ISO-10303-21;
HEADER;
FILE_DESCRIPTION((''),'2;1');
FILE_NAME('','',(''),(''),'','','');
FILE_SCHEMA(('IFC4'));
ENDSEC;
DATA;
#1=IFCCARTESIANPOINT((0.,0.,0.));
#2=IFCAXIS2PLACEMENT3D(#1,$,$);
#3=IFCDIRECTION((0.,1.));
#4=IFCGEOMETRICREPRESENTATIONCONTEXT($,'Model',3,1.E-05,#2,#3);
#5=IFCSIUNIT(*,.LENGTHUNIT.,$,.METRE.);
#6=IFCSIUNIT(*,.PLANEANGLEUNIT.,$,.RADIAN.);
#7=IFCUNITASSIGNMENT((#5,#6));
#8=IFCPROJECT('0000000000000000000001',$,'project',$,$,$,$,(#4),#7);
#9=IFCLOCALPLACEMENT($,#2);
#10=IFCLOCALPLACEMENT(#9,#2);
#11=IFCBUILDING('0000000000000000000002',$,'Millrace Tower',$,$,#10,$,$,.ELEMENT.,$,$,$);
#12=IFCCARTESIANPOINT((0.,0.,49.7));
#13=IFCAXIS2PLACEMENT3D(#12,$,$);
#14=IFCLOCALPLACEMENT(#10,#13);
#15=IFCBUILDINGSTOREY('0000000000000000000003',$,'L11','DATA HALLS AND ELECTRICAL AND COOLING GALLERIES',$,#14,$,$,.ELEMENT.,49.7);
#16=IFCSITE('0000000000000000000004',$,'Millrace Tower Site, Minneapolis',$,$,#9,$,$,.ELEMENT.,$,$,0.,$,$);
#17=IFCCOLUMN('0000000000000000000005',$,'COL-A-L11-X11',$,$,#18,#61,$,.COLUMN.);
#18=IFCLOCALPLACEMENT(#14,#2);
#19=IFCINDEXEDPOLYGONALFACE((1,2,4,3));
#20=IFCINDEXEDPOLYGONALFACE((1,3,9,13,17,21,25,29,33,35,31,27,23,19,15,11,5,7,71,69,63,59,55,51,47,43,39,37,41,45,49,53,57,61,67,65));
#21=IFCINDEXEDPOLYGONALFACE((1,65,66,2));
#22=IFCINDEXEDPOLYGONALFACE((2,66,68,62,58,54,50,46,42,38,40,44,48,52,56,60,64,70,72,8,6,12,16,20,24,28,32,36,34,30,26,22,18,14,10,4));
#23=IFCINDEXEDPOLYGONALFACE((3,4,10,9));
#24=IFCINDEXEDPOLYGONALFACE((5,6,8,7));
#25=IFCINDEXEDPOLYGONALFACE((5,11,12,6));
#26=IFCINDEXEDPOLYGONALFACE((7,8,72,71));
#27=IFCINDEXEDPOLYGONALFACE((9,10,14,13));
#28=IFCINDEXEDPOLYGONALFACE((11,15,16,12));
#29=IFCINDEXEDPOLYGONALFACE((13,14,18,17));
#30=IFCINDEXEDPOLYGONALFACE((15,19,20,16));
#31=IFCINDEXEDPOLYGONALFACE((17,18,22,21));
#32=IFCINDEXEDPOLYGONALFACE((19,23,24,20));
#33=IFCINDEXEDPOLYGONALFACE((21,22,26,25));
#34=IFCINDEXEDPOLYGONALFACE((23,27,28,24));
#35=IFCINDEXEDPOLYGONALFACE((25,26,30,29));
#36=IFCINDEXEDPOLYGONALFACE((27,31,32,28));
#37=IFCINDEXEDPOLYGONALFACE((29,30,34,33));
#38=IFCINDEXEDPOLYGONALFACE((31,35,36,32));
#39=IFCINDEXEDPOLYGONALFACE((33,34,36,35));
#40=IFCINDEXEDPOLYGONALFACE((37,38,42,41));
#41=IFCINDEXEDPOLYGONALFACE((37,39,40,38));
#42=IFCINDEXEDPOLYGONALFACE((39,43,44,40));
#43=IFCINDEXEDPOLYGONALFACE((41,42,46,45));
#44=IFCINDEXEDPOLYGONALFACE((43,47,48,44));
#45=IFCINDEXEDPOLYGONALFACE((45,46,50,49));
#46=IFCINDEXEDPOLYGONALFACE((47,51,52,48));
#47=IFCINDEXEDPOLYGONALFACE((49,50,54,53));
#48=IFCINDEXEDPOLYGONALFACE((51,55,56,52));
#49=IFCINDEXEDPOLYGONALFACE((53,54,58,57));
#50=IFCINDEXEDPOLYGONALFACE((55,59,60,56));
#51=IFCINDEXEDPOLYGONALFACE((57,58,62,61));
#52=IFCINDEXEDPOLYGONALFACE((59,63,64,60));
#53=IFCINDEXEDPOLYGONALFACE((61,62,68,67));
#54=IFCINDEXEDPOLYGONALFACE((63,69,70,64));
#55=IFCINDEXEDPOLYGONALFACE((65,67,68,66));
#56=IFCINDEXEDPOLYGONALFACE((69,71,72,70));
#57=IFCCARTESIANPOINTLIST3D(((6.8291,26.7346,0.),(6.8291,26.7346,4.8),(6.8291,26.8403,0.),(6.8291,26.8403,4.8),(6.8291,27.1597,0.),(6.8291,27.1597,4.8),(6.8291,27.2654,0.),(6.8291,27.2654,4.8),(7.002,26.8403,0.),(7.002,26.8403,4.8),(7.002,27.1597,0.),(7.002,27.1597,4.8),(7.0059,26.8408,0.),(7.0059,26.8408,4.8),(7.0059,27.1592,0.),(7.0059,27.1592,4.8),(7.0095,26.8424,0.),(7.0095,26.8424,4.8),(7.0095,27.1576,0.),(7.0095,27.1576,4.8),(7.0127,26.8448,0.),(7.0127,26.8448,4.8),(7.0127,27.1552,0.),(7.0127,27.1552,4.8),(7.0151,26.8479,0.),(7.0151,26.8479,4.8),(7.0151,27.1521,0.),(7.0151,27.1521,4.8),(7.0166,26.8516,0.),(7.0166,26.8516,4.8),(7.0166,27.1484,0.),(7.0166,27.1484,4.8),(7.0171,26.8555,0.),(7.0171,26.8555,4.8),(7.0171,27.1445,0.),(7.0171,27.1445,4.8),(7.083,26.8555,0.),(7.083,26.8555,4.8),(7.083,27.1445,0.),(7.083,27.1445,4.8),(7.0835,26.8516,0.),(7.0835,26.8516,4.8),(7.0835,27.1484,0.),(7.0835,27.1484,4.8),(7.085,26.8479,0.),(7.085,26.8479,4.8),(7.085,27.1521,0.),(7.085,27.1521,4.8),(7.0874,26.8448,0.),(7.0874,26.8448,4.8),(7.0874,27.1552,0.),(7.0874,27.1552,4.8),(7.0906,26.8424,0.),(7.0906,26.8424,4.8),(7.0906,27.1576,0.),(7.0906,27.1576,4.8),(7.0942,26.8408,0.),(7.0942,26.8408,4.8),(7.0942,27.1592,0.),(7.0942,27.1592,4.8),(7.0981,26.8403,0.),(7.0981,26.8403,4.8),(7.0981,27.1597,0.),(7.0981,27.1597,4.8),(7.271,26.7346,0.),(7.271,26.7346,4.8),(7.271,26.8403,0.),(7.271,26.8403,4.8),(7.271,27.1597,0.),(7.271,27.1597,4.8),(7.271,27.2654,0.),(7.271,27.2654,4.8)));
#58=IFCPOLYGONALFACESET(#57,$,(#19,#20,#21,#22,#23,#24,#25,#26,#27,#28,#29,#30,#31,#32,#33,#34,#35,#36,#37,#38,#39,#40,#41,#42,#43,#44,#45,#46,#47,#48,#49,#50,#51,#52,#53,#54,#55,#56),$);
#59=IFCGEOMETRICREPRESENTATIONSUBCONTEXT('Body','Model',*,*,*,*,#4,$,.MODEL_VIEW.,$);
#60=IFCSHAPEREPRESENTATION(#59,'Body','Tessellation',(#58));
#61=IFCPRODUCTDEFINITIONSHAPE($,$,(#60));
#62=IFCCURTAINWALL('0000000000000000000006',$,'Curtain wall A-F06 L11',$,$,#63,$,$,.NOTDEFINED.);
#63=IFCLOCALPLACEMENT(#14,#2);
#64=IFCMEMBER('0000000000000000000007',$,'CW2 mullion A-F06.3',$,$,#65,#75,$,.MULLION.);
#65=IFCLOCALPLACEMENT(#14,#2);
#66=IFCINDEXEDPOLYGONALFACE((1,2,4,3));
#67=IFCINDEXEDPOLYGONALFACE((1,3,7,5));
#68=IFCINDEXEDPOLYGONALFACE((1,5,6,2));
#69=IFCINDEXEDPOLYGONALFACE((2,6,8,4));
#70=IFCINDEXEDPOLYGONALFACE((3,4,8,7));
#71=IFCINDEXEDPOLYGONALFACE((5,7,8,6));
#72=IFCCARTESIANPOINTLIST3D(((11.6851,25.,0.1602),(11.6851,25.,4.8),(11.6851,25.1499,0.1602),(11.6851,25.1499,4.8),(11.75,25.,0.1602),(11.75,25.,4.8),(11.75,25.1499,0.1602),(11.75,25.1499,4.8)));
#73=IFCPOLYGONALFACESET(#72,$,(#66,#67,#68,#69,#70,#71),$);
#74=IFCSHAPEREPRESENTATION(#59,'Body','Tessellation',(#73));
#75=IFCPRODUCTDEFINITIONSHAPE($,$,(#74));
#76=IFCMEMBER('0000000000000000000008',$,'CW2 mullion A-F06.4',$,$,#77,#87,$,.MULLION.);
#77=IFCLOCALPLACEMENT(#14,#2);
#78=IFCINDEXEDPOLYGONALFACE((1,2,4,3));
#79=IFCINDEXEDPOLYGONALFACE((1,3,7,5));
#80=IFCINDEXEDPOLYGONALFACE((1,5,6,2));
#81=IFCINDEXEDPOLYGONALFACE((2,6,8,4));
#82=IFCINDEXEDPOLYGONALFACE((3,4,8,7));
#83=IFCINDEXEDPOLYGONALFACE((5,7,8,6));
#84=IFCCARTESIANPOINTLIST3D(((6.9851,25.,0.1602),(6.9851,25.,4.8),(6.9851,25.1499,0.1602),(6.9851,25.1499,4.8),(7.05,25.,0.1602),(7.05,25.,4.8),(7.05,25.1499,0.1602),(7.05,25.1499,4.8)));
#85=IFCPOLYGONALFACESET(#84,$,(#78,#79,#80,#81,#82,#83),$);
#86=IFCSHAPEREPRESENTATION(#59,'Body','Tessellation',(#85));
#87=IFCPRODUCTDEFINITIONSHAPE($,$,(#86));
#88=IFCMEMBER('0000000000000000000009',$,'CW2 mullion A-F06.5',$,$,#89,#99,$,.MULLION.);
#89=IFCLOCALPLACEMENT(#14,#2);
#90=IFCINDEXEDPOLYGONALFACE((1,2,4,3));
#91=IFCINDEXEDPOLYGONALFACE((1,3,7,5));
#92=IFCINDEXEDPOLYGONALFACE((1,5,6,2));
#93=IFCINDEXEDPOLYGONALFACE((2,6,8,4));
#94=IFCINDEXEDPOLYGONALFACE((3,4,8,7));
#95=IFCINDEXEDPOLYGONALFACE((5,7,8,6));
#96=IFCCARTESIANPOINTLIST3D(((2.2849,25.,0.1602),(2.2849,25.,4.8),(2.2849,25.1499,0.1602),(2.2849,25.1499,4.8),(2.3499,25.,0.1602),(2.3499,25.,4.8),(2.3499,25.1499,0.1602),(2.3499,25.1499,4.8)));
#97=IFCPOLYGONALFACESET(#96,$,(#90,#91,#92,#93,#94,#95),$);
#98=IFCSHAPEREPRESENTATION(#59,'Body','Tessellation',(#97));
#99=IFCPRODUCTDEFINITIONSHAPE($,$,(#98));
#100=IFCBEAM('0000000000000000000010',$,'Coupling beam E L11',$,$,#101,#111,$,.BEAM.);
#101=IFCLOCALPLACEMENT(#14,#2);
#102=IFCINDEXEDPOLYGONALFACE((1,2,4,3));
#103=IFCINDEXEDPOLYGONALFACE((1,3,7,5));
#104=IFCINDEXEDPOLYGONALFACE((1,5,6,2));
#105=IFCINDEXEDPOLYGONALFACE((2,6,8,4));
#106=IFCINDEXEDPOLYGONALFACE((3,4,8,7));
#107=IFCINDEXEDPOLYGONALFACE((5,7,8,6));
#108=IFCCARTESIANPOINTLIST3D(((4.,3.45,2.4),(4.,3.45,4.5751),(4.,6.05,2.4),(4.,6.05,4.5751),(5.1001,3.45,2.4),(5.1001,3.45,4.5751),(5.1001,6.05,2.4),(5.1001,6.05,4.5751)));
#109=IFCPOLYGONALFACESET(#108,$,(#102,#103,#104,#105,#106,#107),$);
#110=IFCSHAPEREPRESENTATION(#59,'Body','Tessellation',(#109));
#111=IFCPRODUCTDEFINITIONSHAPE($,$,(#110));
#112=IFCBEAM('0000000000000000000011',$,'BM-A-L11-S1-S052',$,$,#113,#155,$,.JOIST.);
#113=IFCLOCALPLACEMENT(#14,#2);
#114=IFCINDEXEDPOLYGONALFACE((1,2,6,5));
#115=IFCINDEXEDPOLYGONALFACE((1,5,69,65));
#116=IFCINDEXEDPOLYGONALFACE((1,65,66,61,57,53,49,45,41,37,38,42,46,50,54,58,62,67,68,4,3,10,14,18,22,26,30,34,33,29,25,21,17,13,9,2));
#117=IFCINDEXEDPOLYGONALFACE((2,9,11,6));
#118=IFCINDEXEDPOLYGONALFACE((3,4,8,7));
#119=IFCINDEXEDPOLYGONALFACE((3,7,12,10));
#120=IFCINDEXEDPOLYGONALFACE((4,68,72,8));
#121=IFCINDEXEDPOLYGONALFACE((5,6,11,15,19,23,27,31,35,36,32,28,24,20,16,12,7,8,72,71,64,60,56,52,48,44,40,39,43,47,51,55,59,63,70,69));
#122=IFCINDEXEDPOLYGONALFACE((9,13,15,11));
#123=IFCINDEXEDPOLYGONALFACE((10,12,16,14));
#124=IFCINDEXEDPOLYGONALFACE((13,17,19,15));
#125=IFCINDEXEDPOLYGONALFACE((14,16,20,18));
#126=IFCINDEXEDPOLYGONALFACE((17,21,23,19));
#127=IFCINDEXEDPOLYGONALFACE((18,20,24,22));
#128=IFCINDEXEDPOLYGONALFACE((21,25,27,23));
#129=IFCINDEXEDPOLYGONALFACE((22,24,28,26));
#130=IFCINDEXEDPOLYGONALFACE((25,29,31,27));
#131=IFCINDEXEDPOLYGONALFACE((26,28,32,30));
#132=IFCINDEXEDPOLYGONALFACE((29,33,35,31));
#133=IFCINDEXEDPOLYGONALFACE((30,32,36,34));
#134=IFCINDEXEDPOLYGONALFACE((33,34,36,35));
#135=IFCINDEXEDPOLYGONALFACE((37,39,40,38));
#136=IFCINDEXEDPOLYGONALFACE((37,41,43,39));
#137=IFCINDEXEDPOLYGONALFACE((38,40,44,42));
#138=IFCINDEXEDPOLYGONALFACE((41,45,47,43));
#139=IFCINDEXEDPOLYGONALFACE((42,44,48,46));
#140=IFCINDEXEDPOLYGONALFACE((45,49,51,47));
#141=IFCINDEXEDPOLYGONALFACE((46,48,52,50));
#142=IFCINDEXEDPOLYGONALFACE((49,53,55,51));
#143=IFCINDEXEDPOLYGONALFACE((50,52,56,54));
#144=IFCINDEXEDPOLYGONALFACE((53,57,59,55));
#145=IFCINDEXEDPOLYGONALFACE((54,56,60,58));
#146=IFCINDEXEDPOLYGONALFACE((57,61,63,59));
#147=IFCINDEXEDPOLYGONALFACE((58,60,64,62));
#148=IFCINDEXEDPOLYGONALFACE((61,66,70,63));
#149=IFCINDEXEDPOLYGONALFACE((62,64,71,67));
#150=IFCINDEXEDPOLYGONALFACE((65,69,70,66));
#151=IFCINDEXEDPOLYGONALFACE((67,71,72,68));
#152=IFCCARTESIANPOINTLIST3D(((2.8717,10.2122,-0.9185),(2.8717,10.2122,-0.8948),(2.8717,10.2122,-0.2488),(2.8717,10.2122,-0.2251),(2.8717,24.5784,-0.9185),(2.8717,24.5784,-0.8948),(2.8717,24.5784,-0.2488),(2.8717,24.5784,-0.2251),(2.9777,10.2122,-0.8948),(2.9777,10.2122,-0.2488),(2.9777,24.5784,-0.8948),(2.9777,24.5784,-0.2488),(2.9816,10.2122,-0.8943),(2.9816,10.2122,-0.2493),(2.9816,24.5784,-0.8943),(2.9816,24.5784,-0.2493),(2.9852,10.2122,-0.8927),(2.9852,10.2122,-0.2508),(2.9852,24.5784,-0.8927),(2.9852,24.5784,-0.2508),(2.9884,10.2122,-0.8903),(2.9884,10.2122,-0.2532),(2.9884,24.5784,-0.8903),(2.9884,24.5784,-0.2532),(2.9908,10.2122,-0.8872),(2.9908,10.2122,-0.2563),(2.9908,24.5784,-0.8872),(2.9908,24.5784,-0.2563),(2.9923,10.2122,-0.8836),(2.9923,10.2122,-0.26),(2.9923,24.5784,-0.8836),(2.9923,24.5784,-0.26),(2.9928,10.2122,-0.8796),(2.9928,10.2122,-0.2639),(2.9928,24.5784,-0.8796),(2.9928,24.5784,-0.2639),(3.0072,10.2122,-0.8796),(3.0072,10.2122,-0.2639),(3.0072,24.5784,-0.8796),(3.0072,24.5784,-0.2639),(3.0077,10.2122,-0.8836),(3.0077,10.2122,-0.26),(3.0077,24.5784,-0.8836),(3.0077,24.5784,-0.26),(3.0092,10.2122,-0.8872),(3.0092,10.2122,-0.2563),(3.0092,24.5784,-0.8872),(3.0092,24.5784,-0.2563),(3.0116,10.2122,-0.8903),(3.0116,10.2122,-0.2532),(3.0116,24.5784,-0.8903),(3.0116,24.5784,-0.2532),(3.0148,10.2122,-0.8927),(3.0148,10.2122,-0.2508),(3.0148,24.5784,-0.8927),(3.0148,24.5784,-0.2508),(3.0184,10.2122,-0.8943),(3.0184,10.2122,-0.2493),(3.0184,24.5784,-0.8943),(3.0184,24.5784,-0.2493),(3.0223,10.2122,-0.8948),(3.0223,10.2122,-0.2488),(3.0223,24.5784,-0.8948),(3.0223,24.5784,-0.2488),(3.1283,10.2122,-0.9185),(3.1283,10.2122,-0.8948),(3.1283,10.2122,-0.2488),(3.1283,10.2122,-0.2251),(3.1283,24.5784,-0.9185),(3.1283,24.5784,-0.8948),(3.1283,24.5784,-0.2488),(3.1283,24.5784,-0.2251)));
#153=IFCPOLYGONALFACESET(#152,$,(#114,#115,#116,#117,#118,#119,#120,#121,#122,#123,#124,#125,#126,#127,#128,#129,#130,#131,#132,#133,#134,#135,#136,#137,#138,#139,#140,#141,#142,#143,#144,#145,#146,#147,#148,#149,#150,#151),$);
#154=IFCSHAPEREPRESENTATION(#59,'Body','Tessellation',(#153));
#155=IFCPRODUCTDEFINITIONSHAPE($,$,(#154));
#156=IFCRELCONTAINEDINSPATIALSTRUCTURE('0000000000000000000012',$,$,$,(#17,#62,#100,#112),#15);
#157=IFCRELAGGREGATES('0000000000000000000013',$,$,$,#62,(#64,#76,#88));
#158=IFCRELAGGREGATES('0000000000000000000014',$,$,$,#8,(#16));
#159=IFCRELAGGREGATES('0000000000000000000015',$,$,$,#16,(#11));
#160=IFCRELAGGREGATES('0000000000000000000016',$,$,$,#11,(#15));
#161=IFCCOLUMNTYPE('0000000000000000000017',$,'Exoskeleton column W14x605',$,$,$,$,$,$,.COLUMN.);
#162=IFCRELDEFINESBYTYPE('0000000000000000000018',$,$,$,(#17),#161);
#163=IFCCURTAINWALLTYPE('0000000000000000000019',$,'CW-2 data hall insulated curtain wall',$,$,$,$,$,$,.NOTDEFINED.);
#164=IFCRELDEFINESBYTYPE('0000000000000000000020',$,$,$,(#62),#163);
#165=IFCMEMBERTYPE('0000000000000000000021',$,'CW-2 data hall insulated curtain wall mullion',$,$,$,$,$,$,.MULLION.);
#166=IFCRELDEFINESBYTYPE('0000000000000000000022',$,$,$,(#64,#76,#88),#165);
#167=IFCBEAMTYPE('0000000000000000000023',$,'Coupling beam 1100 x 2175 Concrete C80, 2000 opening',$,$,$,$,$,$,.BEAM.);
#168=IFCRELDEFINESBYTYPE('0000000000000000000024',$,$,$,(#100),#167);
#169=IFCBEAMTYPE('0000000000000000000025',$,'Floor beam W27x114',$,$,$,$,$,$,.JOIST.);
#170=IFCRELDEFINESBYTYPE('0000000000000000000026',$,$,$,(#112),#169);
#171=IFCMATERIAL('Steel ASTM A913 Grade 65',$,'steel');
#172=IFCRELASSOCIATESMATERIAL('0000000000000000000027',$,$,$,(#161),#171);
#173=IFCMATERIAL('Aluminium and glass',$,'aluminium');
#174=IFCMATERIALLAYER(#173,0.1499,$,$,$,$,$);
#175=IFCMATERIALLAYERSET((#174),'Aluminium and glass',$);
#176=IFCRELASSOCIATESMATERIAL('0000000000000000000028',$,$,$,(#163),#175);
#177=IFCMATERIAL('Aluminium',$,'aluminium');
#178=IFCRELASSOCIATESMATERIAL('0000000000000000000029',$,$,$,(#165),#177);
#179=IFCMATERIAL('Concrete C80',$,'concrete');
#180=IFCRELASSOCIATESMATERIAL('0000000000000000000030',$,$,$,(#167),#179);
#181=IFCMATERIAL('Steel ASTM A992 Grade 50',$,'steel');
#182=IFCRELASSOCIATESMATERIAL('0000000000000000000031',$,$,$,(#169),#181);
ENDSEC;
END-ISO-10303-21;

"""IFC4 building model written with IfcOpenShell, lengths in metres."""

from ifc_helpers import new_model, si_unit, direction, frame, origin, origin_2d, place, context, subcontext, project, spatial, rectangle, i_section, extrude, material, layer, layer_set, material_profile, profile_set, type_object, element, aggregate, save


model = new_model("IFC4")

# Units and contexts
model_context = context("Model", 3, precision=1e-05, world=origin(), true_north=direction((0.0, 1.0)))
body_context = subcontext(model_context, "Body", "Model", "MODEL_VIEW")
ifc_project = project(units=[si_unit("LENGTHUNIT", "METRE"), si_unit("PLANEANGLEUNIT", "RADIAN")], contexts=[model_context])

# Site, building, storey
site_placement = place(None, origin())
site = spatial("IfcSite", under=ifc_project, at=site_placement, Name="Millrace Tower Site, Minneapolis", CompositionType="ELEMENT", RefElevation=0.0)
building_placement = place(site_placement, origin())
building = spatial("IfcBuilding", under=site, at=building_placement, Name="Millrace Tower", CompositionType="ELEMENT")
storey_placement = place(building_placement, frame((0.0, 0.0, 49.7)))
storey = spatial("IfcBuildingStorey", under=building, at=storey_placement, Name="L11", Description="DATA HALLS AND ELECTRICAL AND COOLING GALLERIES", CompositionType="ELEMENT", Elevation=49.7)

# Column
ifc_material_1 = material(Name="Steel ASTM A913 Grade 65", Category="steel")
ifc_material_profile_1 = material_profile(ifc_material_1, i_section(OverallWidth=0.4419, OverallDepth=0.5308, WebThickness=0.0659, FlangeThickness=0.1057, FilletRadius=0.0151, at=origin_2d()))
ifc_profile_set_1 = profile_set([ifc_material_profile_1], Name="Steel ASTM A913 Grade 65")
column_type = type_object("IfcColumnType", Name="Exoskeleton column W14x605", PredefinedType="COLUMN", material=ifc_profile_set_1)
column_placement = place(storey_placement, frame((7.05, 27.0, 0.0), z_axis=(0.0, 0.0, 1.0), x_axis=(-1.0, 0.0, 0.0)))
element("IfcColumn", 1, at=column_placement, inside=storey, type_object=column_type, Name="COL-A-L11-X11", PredefinedType="COLUMN", context=body_context, shape_type="SweptSolid", body=[
    extrude(i_section(OverallWidth=0.4419, OverallDepth=0.5308, WebThickness=0.0659, FlangeThickness=0.1057, FilletRadius=0.0151, at=origin_2d()), origin(), (0.0, 0.0, 1.0), 4.8),
])

# Curtain wall, members
ifc_material_2 = material(Name="Aluminium and glass", Category="aluminium")
ifc_layer_1 = layer(ifc_material_2, 0.1499)
ifc_layer_set_1 = layer_set([ifc_layer_1], Name="Aluminium and glass")
curtain_wall_type = type_object("IfcCurtainWallType", Name="CW-2 data hall insulated curtain wall", PredefinedType="NOTDEFINED", material=ifc_layer_set_1)
curtain_wall_placement = place(storey_placement, origin())
curtain_wall = element("IfcCurtainWall", 2, at=curtain_wall_placement, inside=storey, type_object=curtain_wall_type, Name="Curtain wall A-F06 L11", PredefinedType="NOTDEFINED")
ifc_material_3 = material(Name="Aluminium", Category="aluminium")
ifc_material_profile_2 = material_profile(ifc_material_3, rectangle(XDim=0.0649, YDim=0.1499, at=origin_2d()))
ifc_profile_set_2 = profile_set([ifc_material_profile_2], Name="Aluminium")
member_type = type_object("IfcMemberType", Name="CW-2 data hall insulated curtain wall mullion", PredefinedType="MULLION", material=ifc_profile_set_2)
member_1_placement = place(storey_placement, frame((11.7175, 25.075, 0.1602), z_axis=(0.0, 0.0, 1.0), x_axis=(-1.0, 0.0, 0.0)))
member_1 = element("IfcMember", 3, at=member_1_placement, type_object=member_type, Name="CW2 mullion A-F06.3", PredefinedType="MULLION", context=body_context, shape_type="SweptSolid", body=[
    extrude(rectangle(XDim=0.0649, YDim=0.1499, at=origin_2d()), origin(), (0.0, 0.0, 1.0), 4.6399),
])
member_2_placement = place(storey_placement, frame((7.0176, 25.075, 0.1602), z_axis=(0.0, 0.0, 1.0), x_axis=(-1.0, 0.0, 0.0)))
member_2 = element("IfcMember", 4, at=member_2_placement, type_object=member_type, Name="CW2 mullion A-F06.4", PredefinedType="MULLION", context=body_context, shape_type="SweptSolid", body=[
    extrude(rectangle(XDim=0.0649, YDim=0.1499, at=origin_2d()), origin(), (0.0, 0.0, 1.0), 4.6399),
])
member_3_placement = place(storey_placement, frame((2.3174, 25.075, 0.1602), z_axis=(0.0, 0.0, 1.0), x_axis=(-1.0, 0.0, 0.0)))
member_3 = element("IfcMember", 5, at=member_3_placement, type_object=member_type, Name="CW2 mullion A-F06.5", PredefinedType="MULLION", context=body_context, shape_type="SweptSolid", body=[
    extrude(rectangle(XDim=0.0649, YDim=0.1499, at=origin_2d()), origin(), (0.0, 0.0, 1.0), 4.6399),
])
aggregate(curtain_wall, [member_1, member_2, member_3])

# Beams
ifc_material_4 = material(Name="Concrete C80", Category="concrete")
ifc_material_profile_3 = material_profile(ifc_material_4, rectangle(XDim=1.1001, YDim=2.175, at=origin_2d()))
ifc_profile_set_3 = profile_set([ifc_material_profile_3], Name="Concrete C80")
beam_type_1 = type_object("IfcBeamType", Name="Coupling beam 1100 x 2175 Concrete C80, 2000 opening", PredefinedType="BEAM", material=ifc_profile_set_3)
beam_1_placement = place(storey_placement, frame((4.55, 6.05, 3.4875), z_axis=(0.0, -1.0, 0.0), x_axis=(1.0, 0.0, 0.0)))
element("IfcBeam", 6, at=beam_1_placement, inside=storey, type_object=beam_type_1, Name="Coupling beam E L11", PredefinedType="BEAM", context=body_context, shape_type="SweptSolid", body=[
    extrude(rectangle(XDim=1.1001, YDim=2.175, at=origin_2d()), origin(), (0.0, 0.0, 1.0), 2.6001),
])
ifc_material_5 = material(Name="Steel ASTM A992 Grade 50", Category="steel")
ifc_material_profile_4 = material_profile(ifc_material_5, i_section(OverallWidth=0.2566, OverallDepth=0.6934, WebThickness=0.0144, FlangeThickness=0.0237, FilletRadius=0.0151, at=origin_2d()))
ifc_profile_set_4 = profile_set([ifc_material_profile_4], Name="Steel ASTM A992 Grade 50")
beam_type_2 = type_object("IfcBeamType", Name="Floor beam W27x114", PredefinedType="JOIST", material=ifc_profile_set_4)
beam_2_placement = place(storey_placement, frame((3.0, 10.2122, -0.5718), z_axis=(0.0, 1.0, 0.0), x_axis=(-1.0, 0.0, 0.0)))
element("IfcBeam", 7, at=beam_2_placement, inside=storey, type_object=beam_type_2, Name="BM-A-L11-S1-S052", PredefinedType="JOIST", context=body_context, shape_type="SweptSolid", body=[
    extrude(i_section(OverallWidth=0.2566, OverallDepth=0.6934, WebThickness=0.0144, FlangeThickness=0.0237, FilletRadius=0.0151, at=origin_2d()), origin(), (0.0, 0.0, 1.0), 14.3662),
])

save(model, "model.ifc")
